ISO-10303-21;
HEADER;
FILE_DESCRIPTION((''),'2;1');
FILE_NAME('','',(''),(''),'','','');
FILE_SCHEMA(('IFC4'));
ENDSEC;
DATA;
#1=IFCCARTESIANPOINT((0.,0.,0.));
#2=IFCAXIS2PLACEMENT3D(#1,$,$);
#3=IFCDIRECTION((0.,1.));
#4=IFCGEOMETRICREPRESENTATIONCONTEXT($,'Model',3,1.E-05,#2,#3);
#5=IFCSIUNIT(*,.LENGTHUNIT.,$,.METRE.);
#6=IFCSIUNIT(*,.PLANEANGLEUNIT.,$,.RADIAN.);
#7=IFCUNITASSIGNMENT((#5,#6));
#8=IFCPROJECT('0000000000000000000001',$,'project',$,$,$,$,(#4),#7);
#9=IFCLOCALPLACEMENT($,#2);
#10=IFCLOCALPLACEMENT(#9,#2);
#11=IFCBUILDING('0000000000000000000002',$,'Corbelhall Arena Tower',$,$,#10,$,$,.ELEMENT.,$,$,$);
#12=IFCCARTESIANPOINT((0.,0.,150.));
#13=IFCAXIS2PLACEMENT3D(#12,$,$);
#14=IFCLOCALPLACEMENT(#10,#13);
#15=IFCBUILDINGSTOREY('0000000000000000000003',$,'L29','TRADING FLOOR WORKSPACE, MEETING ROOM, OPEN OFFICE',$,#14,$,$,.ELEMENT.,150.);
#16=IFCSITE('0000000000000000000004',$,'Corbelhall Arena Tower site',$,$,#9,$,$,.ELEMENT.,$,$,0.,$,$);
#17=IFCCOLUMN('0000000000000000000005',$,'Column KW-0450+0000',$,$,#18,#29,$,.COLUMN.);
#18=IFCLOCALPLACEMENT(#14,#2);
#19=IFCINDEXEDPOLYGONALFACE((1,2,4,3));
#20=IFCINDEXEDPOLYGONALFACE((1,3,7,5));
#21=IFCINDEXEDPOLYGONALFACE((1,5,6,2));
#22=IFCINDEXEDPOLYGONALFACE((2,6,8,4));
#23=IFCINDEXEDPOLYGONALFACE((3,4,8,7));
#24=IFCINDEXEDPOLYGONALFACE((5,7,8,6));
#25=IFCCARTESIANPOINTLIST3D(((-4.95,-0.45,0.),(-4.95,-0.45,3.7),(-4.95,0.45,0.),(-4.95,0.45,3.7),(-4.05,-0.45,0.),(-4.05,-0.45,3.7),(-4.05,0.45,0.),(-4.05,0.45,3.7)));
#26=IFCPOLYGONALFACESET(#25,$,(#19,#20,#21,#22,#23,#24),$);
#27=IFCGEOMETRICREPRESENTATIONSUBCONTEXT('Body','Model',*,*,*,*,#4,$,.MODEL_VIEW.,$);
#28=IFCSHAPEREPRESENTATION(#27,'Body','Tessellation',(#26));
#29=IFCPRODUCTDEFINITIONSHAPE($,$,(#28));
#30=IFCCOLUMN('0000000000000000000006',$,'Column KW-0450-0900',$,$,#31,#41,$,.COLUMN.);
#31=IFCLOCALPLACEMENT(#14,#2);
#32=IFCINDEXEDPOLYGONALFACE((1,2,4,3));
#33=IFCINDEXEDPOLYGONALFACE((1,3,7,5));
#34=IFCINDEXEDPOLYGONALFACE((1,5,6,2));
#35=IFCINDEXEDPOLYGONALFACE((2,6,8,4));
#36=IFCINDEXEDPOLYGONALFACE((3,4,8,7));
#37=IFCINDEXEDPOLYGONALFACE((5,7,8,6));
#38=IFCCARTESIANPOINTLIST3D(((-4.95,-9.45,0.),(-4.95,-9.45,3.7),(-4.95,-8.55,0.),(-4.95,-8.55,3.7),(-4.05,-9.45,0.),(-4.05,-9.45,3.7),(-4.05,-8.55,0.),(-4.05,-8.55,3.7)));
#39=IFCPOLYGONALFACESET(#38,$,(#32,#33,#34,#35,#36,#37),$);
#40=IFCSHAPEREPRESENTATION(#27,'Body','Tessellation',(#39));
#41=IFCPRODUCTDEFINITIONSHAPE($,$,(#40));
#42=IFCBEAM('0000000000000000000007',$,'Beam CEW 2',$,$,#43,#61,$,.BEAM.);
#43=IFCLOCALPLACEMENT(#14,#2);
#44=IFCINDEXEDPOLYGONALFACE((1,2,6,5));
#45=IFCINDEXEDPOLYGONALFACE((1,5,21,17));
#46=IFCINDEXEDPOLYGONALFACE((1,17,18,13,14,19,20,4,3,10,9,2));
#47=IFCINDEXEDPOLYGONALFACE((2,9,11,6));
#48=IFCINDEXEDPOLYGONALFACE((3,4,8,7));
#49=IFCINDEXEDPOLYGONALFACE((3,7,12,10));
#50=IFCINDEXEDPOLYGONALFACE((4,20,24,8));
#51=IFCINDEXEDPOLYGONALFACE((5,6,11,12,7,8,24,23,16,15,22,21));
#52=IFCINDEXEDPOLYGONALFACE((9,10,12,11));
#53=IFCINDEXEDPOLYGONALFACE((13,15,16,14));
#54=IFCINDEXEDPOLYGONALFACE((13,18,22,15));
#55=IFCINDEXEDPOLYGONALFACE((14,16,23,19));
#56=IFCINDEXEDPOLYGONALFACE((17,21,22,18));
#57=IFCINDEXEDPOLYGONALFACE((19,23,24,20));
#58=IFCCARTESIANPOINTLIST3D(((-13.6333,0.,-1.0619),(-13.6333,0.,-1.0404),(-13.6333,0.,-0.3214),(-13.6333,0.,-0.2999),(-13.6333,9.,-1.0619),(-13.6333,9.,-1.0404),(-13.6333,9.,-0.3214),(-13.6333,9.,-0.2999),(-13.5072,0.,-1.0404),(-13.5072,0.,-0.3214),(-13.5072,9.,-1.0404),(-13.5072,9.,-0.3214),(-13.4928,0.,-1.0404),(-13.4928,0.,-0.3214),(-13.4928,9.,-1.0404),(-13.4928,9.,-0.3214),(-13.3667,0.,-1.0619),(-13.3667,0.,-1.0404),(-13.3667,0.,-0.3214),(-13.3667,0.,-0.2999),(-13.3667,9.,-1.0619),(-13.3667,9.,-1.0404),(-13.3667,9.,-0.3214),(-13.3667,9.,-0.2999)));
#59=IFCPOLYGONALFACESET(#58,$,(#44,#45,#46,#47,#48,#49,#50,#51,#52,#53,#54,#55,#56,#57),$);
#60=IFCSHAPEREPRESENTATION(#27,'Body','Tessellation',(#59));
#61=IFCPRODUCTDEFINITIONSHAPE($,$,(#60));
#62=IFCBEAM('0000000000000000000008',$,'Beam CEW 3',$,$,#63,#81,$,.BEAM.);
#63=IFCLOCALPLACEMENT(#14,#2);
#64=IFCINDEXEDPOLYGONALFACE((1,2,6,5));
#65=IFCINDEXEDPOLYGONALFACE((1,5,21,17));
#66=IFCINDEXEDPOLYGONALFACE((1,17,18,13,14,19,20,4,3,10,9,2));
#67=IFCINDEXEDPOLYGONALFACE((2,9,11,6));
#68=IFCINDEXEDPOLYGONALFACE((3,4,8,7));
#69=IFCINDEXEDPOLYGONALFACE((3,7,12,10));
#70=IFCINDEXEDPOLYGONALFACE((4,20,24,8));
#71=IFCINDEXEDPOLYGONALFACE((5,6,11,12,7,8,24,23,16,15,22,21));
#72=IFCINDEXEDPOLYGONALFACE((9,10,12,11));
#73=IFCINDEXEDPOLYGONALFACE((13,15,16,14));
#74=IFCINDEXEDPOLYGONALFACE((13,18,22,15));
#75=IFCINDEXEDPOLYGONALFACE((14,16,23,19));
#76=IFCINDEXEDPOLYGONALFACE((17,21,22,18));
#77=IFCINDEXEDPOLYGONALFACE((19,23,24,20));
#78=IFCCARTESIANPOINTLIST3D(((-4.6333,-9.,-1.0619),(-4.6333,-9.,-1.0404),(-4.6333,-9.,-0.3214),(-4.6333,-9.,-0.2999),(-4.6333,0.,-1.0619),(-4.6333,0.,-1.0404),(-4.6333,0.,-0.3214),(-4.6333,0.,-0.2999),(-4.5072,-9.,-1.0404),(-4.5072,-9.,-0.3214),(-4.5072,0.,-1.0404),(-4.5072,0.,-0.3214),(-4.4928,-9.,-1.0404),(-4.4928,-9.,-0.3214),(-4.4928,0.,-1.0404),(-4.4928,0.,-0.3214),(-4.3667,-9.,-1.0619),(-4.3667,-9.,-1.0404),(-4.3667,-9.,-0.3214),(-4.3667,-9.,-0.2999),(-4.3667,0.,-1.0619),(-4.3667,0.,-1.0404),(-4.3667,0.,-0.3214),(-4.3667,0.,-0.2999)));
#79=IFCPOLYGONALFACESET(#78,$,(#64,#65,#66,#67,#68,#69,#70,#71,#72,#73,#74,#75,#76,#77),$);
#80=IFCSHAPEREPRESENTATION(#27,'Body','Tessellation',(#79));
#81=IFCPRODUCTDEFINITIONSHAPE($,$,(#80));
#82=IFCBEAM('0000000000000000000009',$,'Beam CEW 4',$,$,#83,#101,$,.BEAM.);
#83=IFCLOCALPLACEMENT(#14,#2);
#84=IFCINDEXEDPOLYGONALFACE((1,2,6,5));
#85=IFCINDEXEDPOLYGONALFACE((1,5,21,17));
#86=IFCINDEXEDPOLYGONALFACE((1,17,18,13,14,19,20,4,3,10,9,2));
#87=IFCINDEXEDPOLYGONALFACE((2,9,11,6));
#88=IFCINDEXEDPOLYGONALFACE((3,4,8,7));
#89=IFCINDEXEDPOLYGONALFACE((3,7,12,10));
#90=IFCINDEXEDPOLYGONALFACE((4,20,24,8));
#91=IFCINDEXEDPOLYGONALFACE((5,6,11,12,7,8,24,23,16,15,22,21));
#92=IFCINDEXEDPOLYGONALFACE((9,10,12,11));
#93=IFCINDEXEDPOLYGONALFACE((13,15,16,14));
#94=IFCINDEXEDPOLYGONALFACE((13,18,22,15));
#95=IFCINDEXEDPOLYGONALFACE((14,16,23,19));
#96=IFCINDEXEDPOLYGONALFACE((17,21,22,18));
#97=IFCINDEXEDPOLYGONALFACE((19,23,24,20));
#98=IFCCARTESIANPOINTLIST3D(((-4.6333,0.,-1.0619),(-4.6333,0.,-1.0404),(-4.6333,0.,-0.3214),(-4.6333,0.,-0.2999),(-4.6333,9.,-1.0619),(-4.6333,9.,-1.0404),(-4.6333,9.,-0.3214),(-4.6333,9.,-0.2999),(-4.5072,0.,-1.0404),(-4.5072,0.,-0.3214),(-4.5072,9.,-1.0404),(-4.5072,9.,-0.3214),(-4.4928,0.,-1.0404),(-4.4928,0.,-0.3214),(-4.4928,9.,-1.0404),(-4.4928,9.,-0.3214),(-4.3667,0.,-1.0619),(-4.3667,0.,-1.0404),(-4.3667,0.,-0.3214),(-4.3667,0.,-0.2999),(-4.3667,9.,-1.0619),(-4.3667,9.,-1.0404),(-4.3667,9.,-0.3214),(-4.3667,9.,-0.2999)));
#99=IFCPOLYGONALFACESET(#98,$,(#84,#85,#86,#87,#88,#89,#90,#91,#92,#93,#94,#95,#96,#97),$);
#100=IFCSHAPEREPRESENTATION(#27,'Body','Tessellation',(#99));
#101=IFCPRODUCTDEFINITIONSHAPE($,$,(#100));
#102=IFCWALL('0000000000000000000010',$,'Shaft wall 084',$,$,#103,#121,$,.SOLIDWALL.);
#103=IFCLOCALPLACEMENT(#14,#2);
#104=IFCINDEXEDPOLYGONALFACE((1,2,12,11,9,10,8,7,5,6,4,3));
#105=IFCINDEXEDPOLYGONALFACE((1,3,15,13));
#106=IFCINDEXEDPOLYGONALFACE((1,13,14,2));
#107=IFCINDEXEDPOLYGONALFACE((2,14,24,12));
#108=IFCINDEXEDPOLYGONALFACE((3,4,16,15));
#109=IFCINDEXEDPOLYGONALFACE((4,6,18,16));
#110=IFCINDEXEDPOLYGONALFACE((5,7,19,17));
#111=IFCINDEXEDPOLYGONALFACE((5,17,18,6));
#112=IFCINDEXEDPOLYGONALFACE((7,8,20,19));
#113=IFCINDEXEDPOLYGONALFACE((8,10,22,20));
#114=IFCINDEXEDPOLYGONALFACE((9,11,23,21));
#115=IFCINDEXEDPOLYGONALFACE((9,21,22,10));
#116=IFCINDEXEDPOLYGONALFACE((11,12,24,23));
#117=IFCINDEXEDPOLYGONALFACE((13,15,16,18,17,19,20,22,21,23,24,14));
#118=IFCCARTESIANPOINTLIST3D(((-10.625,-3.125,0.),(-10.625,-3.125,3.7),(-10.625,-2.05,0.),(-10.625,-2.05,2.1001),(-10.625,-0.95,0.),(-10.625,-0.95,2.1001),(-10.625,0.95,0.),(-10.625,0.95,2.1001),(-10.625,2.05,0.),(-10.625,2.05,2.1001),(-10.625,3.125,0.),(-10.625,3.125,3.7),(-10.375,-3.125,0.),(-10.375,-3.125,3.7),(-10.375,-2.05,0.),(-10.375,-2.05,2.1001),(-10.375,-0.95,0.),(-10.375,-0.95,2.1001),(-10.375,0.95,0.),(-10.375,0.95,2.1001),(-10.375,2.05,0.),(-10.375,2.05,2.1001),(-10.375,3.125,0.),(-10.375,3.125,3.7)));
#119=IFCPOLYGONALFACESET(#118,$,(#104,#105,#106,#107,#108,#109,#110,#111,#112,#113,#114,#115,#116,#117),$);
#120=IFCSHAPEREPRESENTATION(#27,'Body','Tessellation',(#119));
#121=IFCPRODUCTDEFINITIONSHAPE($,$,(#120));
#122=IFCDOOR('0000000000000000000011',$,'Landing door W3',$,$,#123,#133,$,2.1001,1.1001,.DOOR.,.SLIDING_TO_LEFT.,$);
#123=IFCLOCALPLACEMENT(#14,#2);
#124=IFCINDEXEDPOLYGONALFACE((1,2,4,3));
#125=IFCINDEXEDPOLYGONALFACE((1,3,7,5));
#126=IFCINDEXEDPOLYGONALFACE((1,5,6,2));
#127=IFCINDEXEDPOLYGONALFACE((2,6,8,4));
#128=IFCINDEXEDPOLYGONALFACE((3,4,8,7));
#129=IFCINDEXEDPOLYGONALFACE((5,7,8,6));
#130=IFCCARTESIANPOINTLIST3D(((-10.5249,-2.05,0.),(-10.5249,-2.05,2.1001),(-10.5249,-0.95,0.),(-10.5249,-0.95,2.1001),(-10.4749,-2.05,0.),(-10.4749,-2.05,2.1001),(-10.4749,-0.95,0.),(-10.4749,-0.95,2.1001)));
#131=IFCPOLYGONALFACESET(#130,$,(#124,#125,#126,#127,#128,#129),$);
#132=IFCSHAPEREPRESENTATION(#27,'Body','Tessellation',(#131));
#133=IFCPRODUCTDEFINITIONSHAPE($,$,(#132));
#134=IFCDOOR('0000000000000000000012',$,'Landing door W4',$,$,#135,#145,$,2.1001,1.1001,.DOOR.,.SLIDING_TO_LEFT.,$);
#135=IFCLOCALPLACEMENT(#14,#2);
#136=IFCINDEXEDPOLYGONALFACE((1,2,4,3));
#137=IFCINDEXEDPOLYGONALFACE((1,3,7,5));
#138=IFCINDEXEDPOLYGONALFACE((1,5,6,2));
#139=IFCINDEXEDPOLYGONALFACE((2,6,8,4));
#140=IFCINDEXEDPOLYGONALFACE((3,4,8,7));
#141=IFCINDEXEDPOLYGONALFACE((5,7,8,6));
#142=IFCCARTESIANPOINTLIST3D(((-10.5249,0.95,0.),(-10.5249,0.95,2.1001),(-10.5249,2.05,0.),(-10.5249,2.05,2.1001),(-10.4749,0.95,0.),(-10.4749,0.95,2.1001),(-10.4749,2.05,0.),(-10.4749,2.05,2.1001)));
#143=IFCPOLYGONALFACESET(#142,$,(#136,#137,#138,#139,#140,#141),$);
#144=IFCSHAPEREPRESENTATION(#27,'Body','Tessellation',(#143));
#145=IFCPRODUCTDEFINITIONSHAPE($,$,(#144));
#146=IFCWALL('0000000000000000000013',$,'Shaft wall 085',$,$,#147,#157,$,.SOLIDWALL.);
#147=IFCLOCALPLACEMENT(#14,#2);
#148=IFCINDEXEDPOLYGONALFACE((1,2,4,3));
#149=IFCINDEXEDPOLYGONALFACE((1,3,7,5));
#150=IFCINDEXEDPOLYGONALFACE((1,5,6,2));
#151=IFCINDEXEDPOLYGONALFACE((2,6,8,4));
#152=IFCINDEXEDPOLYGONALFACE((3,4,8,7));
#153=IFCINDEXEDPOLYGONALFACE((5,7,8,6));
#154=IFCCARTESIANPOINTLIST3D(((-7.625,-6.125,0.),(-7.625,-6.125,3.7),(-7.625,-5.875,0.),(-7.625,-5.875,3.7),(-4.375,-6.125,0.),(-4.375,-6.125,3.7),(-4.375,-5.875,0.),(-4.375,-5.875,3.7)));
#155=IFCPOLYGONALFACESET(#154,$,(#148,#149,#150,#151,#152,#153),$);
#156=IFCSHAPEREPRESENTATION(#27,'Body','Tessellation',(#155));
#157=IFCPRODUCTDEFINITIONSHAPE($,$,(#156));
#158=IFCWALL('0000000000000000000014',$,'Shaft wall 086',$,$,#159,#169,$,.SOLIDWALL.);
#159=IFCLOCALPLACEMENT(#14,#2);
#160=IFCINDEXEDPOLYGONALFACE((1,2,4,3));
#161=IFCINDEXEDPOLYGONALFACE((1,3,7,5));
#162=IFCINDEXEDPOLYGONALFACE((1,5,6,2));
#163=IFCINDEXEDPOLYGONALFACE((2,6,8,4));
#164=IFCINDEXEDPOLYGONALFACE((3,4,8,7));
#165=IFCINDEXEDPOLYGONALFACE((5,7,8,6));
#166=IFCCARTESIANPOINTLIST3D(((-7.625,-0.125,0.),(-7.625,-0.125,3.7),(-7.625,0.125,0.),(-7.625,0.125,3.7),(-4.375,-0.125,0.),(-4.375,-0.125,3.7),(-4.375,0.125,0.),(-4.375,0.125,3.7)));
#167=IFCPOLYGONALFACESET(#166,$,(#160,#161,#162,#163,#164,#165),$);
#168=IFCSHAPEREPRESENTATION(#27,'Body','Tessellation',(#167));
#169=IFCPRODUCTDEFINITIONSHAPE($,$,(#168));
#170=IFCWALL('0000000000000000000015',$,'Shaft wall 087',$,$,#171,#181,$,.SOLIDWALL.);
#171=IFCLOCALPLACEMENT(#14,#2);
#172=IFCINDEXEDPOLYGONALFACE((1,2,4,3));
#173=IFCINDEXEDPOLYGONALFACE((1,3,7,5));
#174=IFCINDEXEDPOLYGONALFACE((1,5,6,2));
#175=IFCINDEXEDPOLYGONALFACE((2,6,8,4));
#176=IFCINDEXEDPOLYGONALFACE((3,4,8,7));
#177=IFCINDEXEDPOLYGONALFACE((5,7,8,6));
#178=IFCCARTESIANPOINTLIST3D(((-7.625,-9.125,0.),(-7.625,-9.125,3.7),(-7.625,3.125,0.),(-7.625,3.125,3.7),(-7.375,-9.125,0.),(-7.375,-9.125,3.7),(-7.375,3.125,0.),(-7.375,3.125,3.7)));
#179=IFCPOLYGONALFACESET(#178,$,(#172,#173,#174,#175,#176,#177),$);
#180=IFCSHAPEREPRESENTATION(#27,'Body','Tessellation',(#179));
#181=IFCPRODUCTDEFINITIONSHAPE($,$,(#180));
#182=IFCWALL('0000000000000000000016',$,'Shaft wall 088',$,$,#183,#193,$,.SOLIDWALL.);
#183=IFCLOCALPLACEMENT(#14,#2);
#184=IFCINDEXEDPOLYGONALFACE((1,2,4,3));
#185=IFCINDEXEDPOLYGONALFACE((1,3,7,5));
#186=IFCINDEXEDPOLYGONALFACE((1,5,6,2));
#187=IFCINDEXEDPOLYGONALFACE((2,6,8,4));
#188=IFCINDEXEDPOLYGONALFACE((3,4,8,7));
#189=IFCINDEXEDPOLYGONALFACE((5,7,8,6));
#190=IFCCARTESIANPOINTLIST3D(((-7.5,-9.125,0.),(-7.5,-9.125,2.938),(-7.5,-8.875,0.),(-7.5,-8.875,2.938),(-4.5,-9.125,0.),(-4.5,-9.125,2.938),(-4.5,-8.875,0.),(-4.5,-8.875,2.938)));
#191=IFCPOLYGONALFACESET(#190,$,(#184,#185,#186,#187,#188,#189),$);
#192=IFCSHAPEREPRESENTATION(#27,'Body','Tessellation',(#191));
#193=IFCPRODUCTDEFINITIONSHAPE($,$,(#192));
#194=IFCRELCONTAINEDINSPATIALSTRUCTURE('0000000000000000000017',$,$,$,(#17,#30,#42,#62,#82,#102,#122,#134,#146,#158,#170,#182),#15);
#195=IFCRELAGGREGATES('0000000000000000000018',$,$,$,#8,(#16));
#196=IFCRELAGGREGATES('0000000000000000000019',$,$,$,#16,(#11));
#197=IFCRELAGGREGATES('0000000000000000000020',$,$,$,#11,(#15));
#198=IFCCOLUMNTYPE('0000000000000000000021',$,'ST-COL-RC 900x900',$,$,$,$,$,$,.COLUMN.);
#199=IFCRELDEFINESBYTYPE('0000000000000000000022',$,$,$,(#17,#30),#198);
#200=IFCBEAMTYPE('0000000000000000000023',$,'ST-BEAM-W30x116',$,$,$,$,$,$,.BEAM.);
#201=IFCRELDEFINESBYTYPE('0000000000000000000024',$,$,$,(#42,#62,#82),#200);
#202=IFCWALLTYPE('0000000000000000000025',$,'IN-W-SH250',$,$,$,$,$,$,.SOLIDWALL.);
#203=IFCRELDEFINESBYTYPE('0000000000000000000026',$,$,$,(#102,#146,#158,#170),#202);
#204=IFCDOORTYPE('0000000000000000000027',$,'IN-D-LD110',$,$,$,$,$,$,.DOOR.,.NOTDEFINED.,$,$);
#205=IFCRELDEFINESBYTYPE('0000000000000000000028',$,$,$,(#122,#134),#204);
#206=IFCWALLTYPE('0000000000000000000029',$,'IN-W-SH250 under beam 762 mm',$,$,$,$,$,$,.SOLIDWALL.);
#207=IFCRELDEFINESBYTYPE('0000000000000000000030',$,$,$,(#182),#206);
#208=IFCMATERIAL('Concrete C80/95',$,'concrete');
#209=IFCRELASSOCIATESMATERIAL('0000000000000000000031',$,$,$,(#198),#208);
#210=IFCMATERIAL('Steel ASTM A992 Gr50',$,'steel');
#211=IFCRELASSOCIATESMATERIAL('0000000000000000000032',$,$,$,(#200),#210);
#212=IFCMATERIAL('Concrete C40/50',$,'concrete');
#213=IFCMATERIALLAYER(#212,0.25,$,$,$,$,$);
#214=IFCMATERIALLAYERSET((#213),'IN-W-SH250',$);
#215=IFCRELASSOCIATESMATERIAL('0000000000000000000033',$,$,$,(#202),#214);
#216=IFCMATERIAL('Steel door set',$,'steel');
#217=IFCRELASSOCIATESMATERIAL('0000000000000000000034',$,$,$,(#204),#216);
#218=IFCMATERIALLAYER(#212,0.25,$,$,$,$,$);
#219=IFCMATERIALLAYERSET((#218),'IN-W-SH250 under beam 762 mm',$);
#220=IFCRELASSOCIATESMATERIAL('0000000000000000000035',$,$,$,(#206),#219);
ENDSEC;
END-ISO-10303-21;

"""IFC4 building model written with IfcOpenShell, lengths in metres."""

from ifc_helpers import new_model, si_unit, direction, frame, frame_2d, origin, origin_2d, place, context, subcontext, project, spatial, rectangle, i_section, extrude, material, layer, layer_set, material_profile, profile_set, type_object, element, fill, save


model = new_model("IFC4")

# Units and contexts
model_context = context("Model", 3, precision=1e-05, world=origin(), true_north=direction((0.0, 1.0)))
body_context = subcontext(model_context, "Body", "Model", "MODEL_VIEW")
ifc_project = project(units=[si_unit("LENGTHUNIT", "METRE"), si_unit("PLANEANGLEUNIT", "RADIAN")], contexts=[model_context])

# Site, building, storey
site_placement = place(None, origin())
site = spatial("IfcSite", under=ifc_project, at=site_placement, Name="Corbelhall Arena Tower site", CompositionType="ELEMENT", RefElevation=0.0)
building_placement = place(site_placement, origin())
building = spatial("IfcBuilding", under=site, at=building_placement, Name="Corbelhall Arena Tower", CompositionType="ELEMENT")
storey_placement = place(building_placement, frame((0.0, 0.0, 150.0)))
storey = spatial("IfcBuildingStorey", under=building, at=storey_placement, Name="L29", Description="TRADING FLOOR WORKSPACE, MEETING ROOM, OPEN OFFICE", CompositionType="ELEMENT", Elevation=150.0)

# Columns
ifc_material_1 = material(Name="Concrete C80/95", Category="concrete")
ifc_material_profile_1 = material_profile(ifc_material_1, rectangle(XDim=0.8999, YDim=0.8999, at=origin_2d()))
ifc_profile_set_1 = profile_set([ifc_material_profile_1], Name="Concrete C80/95")
column_type = type_object("IfcColumnType", Name="ST-COL-RC 900x900", PredefinedType="COLUMN", material=ifc_profile_set_1)
for number, where, z_axis, x_axis, name in (
    (1, (-4.5, 0.0, 0.0), (0.0, 0.0, 1.0), (1.0, 0.0, 0.0), "Column KW-0450+0000"),
    (2, (-4.5, -9.0, 0.0), (0.0, 0.0, 1.0), (1.0, 0.0, 0.0), "Column KW-0450-0900"),
):
    element("IfcColumn", number, at=place(storey_placement, frame(where, z_axis=z_axis, x_axis=x_axis)), inside=storey, type_object=column_type, Name=name, PredefinedType="COLUMN", context=body_context, shape_type="SweptSolid", body=[
        extrude(rectangle(XDim=0.8999, YDim=0.8999, at=origin_2d()), origin(), (0.0, 0.0, 1.0), 3.7),
    ])

# Beams
ifc_material_2 = material(Name="Steel ASTM A992 Gr50", Category="steel")
ifc_material_profile_2 = material_profile(ifc_material_2, i_section(OverallWidth=0.2666, OverallDepth=0.762, WebThickness=0.0144, FlangeThickness=0.0215, at=origin_2d()))
ifc_profile_set_2 = profile_set([ifc_material_profile_2], Name="Steel ASTM A992 Gr50")
beam_type = type_object("IfcBeamType", Name="ST-BEAM-W30x116", PredefinedType="BEAM", material=ifc_profile_set_2)
for number, where, z_axis, x_axis, name in (
    (3, (-13.5, 0.0, -0.6809), (0.0, 1.0, 0.0), (-1.0, 0.0, 0.0), "Beam CEW 2"),
    (4, (-4.5, -9.0, -0.6809), (0.0, 1.0, 0.0), (-1.0, 0.0, 0.0), "Beam CEW 3"),
    (5, (-4.5, 0.0, -0.6809), (0.0, 1.0, 0.0), (-1.0, 0.0, 0.0), "Beam CEW 4"),
):
    element("IfcBeam", number, at=place(storey_placement, frame(where, z_axis=z_axis, x_axis=x_axis)), inside=storey, type_object=beam_type, Name=name, PredefinedType="BEAM", context=body_context, shape_type="SweptSolid", body=[
        extrude(i_section(OverallWidth=0.2666, OverallDepth=0.762, WebThickness=0.0144, FlangeThickness=0.0215, at=origin_2d()), origin(), (0.0, 0.0, 1.0), 9.0),
    ])

# Wall, openings, doors
ifc_material_3 = material(Name="Concrete C40/50", Category="concrete")
ifc_layer_1 = layer(ifc_material_3, 0.25)
ifc_layer_set_1 = layer_set([ifc_layer_1], Name="IN-W-SH250")
wall_type_1 = type_object("IfcWallType", Name="IN-W-SH250", PredefinedType="SOLIDWALL", material=ifc_layer_set_1)
wall_1_placement = place(storey_placement, frame((-10.5, -3.125, 0.0), z_axis=(0.0, 0.0, 1.0), x_axis=(0.0, 1.0, 0.0)))
wall_1 = element("IfcWall", 6, at=wall_1_placement, inside=storey, type_object=wall_type_1, Name="Shaft wall 084", PredefinedType="SOLIDWALL", context=body_context, shape_type="SweptSolid", body=[
    extrude(rectangle(XDim=6.25, YDim=0.25, at=frame_2d((3.125, 0.0))), origin(), (0.0, 0.0, 1.0), 3.7),
])
opening_1_placement = place(wall_1_placement, frame((1.075, 0.0, 0.0)))
opening_1 = element("IfcOpeningElement", 7, at=opening_1_placement, cuts=wall_1, PredefinedType="OPENING", context=body_context, shape_type="SweptSolid", body=[
    extrude(rectangle(XDim=1.1001, YDim=2.1001, at=frame_2d((0.55, 1.05))), frame((0.0, 0.125, 0.0), z_axis=(0.0, -1.0, 0.0), x_axis=(1.0, 0.0, 0.0)), (0.0, 0.0, 1.0), 0.25),
])
opening_2_placement = place(wall_1_placement, frame((4.075, 0.0, 0.0)))
opening_2 = element("IfcOpeningElement", 8, at=opening_2_placement, cuts=wall_1, PredefinedType="OPENING", context=body_context, shape_type="SweptSolid", body=[
    extrude(rectangle(XDim=1.1001, YDim=2.1001, at=frame_2d((0.55, 1.05))), frame((0.0, 0.125, 0.0), z_axis=(0.0, -1.0, 0.0), x_axis=(1.0, 0.0, 0.0)), (0.0, 0.0, 1.0), 0.25),
])
ifc_material_4 = material(Name="Steel door set", Category="steel")
door_type_1 = type_object("IfcDoorType", Name="IN-D-LD110", OperationType="NOTDEFINED", PredefinedType="DOOR", material=ifc_material_4)
door_1_placement = place(opening_1_placement, origin())
door_1 = element("IfcDoor", 9, at=door_1_placement, inside=storey, type_object=door_type_1, Name="Landing door W3", OperationType="SLIDING_TO_LEFT", OverallHeight=2.1001, OverallWidth=1.1001, PredefinedType="DOOR", context=body_context, shape_type="SweptSolid", body=[
    extrude(rectangle(XDim=1.1001, YDim=2.1001, at=frame_2d((0.55, 1.05))), frame((0.0, 0.0249, 0.0), z_axis=(0.0, -1.0, 0.0), x_axis=(1.0, 0.0, 0.0)), (0.0, 0.0, 1.0), 0.05),
])
fill(opening_1, door_1)
door_2_placement = place(opening_2_placement, origin())
door_2 = element("IfcDoor", 10, at=door_2_placement, inside=storey, type_object=door_type_1, Name="Landing door W4", OperationType="SLIDING_TO_LEFT", OverallHeight=2.1001, OverallWidth=1.1001, PredefinedType="DOOR", context=body_context, shape_type="SweptSolid", body=[
    extrude(rectangle(XDim=1.1001, YDim=2.1001, at=frame_2d((0.55, 1.05))), frame((0.0, 0.0249, 0.0), z_axis=(0.0, -1.0, 0.0), x_axis=(1.0, 0.0, 0.0)), (0.0, 0.0, 1.0), 0.05),
])
fill(opening_2, door_2)

# Walls
for number, where, z_axis, x_axis, name in (
    (11, (-7.625, -6.0, 0.0), (0.0, 0.0, 1.0), (1.0, 0.0, 0.0), "Shaft wall 085"),
    (12, (-7.625, 0.0, 0.0), (0.0, 0.0, 1.0), (1.0, 0.0, 0.0), "Shaft wall 086"),
):
    element("IfcWall", number, at=place(storey_placement, frame(where, z_axis=z_axis, x_axis=x_axis)), inside=storey, type_object=wall_type_1, Name=name, PredefinedType="SOLIDWALL", context=body_context, shape_type="SweptSolid", body=[
        extrude(rectangle(XDim=3.25, YDim=0.25, at=frame_2d((1.625, 0.0))), origin(), (0.0, 0.0, 1.0), 3.7),
    ])
wall_2_placement = place(storey_placement, frame((-7.5, -9.125, 0.0), z_axis=(0.0, 0.0, 1.0), x_axis=(0.0, 1.0, 0.0)))
element("IfcWall", 13, at=wall_2_placement, inside=storey, type_object=wall_type_1, Name="Shaft wall 087", PredefinedType="SOLIDWALL", context=body_context, shape_type="SweptSolid", body=[
    extrude(rectangle(XDim=12.25, YDim=0.25, at=frame_2d((6.125, 0.0))), origin(), (0.0, 0.0, 1.0), 3.7),
])
ifc_layer_2 = layer(ifc_material_3, 0.25)
ifc_layer_set_2 = layer_set([ifc_layer_2], Name="IN-W-SH250 under beam 762 mm")
wall_type_2 = type_object("IfcWallType", Name="IN-W-SH250 under beam 762 mm", PredefinedType="SOLIDWALL", material=ifc_layer_set_2)
wall_3_placement = place(storey_placement, frame((-4.5, -9.0, 0.0), z_axis=(0.0, 0.0, 1.0), x_axis=(-1.0, 0.0, 0.0)))
element("IfcWall", 14, at=wall_3_placement, inside=storey, type_object=wall_type_2, Name="Shaft wall 088", PredefinedType="SOLIDWALL", context=body_context, shape_type="SweptSolid", body=[
    extrude(rectangle(XDim=3.0, YDim=0.25, at=frame_2d((1.5, 0.0))), origin(), (0.0, 0.0, 1.0), 2.938),
])

save(model, "model.ifc")
